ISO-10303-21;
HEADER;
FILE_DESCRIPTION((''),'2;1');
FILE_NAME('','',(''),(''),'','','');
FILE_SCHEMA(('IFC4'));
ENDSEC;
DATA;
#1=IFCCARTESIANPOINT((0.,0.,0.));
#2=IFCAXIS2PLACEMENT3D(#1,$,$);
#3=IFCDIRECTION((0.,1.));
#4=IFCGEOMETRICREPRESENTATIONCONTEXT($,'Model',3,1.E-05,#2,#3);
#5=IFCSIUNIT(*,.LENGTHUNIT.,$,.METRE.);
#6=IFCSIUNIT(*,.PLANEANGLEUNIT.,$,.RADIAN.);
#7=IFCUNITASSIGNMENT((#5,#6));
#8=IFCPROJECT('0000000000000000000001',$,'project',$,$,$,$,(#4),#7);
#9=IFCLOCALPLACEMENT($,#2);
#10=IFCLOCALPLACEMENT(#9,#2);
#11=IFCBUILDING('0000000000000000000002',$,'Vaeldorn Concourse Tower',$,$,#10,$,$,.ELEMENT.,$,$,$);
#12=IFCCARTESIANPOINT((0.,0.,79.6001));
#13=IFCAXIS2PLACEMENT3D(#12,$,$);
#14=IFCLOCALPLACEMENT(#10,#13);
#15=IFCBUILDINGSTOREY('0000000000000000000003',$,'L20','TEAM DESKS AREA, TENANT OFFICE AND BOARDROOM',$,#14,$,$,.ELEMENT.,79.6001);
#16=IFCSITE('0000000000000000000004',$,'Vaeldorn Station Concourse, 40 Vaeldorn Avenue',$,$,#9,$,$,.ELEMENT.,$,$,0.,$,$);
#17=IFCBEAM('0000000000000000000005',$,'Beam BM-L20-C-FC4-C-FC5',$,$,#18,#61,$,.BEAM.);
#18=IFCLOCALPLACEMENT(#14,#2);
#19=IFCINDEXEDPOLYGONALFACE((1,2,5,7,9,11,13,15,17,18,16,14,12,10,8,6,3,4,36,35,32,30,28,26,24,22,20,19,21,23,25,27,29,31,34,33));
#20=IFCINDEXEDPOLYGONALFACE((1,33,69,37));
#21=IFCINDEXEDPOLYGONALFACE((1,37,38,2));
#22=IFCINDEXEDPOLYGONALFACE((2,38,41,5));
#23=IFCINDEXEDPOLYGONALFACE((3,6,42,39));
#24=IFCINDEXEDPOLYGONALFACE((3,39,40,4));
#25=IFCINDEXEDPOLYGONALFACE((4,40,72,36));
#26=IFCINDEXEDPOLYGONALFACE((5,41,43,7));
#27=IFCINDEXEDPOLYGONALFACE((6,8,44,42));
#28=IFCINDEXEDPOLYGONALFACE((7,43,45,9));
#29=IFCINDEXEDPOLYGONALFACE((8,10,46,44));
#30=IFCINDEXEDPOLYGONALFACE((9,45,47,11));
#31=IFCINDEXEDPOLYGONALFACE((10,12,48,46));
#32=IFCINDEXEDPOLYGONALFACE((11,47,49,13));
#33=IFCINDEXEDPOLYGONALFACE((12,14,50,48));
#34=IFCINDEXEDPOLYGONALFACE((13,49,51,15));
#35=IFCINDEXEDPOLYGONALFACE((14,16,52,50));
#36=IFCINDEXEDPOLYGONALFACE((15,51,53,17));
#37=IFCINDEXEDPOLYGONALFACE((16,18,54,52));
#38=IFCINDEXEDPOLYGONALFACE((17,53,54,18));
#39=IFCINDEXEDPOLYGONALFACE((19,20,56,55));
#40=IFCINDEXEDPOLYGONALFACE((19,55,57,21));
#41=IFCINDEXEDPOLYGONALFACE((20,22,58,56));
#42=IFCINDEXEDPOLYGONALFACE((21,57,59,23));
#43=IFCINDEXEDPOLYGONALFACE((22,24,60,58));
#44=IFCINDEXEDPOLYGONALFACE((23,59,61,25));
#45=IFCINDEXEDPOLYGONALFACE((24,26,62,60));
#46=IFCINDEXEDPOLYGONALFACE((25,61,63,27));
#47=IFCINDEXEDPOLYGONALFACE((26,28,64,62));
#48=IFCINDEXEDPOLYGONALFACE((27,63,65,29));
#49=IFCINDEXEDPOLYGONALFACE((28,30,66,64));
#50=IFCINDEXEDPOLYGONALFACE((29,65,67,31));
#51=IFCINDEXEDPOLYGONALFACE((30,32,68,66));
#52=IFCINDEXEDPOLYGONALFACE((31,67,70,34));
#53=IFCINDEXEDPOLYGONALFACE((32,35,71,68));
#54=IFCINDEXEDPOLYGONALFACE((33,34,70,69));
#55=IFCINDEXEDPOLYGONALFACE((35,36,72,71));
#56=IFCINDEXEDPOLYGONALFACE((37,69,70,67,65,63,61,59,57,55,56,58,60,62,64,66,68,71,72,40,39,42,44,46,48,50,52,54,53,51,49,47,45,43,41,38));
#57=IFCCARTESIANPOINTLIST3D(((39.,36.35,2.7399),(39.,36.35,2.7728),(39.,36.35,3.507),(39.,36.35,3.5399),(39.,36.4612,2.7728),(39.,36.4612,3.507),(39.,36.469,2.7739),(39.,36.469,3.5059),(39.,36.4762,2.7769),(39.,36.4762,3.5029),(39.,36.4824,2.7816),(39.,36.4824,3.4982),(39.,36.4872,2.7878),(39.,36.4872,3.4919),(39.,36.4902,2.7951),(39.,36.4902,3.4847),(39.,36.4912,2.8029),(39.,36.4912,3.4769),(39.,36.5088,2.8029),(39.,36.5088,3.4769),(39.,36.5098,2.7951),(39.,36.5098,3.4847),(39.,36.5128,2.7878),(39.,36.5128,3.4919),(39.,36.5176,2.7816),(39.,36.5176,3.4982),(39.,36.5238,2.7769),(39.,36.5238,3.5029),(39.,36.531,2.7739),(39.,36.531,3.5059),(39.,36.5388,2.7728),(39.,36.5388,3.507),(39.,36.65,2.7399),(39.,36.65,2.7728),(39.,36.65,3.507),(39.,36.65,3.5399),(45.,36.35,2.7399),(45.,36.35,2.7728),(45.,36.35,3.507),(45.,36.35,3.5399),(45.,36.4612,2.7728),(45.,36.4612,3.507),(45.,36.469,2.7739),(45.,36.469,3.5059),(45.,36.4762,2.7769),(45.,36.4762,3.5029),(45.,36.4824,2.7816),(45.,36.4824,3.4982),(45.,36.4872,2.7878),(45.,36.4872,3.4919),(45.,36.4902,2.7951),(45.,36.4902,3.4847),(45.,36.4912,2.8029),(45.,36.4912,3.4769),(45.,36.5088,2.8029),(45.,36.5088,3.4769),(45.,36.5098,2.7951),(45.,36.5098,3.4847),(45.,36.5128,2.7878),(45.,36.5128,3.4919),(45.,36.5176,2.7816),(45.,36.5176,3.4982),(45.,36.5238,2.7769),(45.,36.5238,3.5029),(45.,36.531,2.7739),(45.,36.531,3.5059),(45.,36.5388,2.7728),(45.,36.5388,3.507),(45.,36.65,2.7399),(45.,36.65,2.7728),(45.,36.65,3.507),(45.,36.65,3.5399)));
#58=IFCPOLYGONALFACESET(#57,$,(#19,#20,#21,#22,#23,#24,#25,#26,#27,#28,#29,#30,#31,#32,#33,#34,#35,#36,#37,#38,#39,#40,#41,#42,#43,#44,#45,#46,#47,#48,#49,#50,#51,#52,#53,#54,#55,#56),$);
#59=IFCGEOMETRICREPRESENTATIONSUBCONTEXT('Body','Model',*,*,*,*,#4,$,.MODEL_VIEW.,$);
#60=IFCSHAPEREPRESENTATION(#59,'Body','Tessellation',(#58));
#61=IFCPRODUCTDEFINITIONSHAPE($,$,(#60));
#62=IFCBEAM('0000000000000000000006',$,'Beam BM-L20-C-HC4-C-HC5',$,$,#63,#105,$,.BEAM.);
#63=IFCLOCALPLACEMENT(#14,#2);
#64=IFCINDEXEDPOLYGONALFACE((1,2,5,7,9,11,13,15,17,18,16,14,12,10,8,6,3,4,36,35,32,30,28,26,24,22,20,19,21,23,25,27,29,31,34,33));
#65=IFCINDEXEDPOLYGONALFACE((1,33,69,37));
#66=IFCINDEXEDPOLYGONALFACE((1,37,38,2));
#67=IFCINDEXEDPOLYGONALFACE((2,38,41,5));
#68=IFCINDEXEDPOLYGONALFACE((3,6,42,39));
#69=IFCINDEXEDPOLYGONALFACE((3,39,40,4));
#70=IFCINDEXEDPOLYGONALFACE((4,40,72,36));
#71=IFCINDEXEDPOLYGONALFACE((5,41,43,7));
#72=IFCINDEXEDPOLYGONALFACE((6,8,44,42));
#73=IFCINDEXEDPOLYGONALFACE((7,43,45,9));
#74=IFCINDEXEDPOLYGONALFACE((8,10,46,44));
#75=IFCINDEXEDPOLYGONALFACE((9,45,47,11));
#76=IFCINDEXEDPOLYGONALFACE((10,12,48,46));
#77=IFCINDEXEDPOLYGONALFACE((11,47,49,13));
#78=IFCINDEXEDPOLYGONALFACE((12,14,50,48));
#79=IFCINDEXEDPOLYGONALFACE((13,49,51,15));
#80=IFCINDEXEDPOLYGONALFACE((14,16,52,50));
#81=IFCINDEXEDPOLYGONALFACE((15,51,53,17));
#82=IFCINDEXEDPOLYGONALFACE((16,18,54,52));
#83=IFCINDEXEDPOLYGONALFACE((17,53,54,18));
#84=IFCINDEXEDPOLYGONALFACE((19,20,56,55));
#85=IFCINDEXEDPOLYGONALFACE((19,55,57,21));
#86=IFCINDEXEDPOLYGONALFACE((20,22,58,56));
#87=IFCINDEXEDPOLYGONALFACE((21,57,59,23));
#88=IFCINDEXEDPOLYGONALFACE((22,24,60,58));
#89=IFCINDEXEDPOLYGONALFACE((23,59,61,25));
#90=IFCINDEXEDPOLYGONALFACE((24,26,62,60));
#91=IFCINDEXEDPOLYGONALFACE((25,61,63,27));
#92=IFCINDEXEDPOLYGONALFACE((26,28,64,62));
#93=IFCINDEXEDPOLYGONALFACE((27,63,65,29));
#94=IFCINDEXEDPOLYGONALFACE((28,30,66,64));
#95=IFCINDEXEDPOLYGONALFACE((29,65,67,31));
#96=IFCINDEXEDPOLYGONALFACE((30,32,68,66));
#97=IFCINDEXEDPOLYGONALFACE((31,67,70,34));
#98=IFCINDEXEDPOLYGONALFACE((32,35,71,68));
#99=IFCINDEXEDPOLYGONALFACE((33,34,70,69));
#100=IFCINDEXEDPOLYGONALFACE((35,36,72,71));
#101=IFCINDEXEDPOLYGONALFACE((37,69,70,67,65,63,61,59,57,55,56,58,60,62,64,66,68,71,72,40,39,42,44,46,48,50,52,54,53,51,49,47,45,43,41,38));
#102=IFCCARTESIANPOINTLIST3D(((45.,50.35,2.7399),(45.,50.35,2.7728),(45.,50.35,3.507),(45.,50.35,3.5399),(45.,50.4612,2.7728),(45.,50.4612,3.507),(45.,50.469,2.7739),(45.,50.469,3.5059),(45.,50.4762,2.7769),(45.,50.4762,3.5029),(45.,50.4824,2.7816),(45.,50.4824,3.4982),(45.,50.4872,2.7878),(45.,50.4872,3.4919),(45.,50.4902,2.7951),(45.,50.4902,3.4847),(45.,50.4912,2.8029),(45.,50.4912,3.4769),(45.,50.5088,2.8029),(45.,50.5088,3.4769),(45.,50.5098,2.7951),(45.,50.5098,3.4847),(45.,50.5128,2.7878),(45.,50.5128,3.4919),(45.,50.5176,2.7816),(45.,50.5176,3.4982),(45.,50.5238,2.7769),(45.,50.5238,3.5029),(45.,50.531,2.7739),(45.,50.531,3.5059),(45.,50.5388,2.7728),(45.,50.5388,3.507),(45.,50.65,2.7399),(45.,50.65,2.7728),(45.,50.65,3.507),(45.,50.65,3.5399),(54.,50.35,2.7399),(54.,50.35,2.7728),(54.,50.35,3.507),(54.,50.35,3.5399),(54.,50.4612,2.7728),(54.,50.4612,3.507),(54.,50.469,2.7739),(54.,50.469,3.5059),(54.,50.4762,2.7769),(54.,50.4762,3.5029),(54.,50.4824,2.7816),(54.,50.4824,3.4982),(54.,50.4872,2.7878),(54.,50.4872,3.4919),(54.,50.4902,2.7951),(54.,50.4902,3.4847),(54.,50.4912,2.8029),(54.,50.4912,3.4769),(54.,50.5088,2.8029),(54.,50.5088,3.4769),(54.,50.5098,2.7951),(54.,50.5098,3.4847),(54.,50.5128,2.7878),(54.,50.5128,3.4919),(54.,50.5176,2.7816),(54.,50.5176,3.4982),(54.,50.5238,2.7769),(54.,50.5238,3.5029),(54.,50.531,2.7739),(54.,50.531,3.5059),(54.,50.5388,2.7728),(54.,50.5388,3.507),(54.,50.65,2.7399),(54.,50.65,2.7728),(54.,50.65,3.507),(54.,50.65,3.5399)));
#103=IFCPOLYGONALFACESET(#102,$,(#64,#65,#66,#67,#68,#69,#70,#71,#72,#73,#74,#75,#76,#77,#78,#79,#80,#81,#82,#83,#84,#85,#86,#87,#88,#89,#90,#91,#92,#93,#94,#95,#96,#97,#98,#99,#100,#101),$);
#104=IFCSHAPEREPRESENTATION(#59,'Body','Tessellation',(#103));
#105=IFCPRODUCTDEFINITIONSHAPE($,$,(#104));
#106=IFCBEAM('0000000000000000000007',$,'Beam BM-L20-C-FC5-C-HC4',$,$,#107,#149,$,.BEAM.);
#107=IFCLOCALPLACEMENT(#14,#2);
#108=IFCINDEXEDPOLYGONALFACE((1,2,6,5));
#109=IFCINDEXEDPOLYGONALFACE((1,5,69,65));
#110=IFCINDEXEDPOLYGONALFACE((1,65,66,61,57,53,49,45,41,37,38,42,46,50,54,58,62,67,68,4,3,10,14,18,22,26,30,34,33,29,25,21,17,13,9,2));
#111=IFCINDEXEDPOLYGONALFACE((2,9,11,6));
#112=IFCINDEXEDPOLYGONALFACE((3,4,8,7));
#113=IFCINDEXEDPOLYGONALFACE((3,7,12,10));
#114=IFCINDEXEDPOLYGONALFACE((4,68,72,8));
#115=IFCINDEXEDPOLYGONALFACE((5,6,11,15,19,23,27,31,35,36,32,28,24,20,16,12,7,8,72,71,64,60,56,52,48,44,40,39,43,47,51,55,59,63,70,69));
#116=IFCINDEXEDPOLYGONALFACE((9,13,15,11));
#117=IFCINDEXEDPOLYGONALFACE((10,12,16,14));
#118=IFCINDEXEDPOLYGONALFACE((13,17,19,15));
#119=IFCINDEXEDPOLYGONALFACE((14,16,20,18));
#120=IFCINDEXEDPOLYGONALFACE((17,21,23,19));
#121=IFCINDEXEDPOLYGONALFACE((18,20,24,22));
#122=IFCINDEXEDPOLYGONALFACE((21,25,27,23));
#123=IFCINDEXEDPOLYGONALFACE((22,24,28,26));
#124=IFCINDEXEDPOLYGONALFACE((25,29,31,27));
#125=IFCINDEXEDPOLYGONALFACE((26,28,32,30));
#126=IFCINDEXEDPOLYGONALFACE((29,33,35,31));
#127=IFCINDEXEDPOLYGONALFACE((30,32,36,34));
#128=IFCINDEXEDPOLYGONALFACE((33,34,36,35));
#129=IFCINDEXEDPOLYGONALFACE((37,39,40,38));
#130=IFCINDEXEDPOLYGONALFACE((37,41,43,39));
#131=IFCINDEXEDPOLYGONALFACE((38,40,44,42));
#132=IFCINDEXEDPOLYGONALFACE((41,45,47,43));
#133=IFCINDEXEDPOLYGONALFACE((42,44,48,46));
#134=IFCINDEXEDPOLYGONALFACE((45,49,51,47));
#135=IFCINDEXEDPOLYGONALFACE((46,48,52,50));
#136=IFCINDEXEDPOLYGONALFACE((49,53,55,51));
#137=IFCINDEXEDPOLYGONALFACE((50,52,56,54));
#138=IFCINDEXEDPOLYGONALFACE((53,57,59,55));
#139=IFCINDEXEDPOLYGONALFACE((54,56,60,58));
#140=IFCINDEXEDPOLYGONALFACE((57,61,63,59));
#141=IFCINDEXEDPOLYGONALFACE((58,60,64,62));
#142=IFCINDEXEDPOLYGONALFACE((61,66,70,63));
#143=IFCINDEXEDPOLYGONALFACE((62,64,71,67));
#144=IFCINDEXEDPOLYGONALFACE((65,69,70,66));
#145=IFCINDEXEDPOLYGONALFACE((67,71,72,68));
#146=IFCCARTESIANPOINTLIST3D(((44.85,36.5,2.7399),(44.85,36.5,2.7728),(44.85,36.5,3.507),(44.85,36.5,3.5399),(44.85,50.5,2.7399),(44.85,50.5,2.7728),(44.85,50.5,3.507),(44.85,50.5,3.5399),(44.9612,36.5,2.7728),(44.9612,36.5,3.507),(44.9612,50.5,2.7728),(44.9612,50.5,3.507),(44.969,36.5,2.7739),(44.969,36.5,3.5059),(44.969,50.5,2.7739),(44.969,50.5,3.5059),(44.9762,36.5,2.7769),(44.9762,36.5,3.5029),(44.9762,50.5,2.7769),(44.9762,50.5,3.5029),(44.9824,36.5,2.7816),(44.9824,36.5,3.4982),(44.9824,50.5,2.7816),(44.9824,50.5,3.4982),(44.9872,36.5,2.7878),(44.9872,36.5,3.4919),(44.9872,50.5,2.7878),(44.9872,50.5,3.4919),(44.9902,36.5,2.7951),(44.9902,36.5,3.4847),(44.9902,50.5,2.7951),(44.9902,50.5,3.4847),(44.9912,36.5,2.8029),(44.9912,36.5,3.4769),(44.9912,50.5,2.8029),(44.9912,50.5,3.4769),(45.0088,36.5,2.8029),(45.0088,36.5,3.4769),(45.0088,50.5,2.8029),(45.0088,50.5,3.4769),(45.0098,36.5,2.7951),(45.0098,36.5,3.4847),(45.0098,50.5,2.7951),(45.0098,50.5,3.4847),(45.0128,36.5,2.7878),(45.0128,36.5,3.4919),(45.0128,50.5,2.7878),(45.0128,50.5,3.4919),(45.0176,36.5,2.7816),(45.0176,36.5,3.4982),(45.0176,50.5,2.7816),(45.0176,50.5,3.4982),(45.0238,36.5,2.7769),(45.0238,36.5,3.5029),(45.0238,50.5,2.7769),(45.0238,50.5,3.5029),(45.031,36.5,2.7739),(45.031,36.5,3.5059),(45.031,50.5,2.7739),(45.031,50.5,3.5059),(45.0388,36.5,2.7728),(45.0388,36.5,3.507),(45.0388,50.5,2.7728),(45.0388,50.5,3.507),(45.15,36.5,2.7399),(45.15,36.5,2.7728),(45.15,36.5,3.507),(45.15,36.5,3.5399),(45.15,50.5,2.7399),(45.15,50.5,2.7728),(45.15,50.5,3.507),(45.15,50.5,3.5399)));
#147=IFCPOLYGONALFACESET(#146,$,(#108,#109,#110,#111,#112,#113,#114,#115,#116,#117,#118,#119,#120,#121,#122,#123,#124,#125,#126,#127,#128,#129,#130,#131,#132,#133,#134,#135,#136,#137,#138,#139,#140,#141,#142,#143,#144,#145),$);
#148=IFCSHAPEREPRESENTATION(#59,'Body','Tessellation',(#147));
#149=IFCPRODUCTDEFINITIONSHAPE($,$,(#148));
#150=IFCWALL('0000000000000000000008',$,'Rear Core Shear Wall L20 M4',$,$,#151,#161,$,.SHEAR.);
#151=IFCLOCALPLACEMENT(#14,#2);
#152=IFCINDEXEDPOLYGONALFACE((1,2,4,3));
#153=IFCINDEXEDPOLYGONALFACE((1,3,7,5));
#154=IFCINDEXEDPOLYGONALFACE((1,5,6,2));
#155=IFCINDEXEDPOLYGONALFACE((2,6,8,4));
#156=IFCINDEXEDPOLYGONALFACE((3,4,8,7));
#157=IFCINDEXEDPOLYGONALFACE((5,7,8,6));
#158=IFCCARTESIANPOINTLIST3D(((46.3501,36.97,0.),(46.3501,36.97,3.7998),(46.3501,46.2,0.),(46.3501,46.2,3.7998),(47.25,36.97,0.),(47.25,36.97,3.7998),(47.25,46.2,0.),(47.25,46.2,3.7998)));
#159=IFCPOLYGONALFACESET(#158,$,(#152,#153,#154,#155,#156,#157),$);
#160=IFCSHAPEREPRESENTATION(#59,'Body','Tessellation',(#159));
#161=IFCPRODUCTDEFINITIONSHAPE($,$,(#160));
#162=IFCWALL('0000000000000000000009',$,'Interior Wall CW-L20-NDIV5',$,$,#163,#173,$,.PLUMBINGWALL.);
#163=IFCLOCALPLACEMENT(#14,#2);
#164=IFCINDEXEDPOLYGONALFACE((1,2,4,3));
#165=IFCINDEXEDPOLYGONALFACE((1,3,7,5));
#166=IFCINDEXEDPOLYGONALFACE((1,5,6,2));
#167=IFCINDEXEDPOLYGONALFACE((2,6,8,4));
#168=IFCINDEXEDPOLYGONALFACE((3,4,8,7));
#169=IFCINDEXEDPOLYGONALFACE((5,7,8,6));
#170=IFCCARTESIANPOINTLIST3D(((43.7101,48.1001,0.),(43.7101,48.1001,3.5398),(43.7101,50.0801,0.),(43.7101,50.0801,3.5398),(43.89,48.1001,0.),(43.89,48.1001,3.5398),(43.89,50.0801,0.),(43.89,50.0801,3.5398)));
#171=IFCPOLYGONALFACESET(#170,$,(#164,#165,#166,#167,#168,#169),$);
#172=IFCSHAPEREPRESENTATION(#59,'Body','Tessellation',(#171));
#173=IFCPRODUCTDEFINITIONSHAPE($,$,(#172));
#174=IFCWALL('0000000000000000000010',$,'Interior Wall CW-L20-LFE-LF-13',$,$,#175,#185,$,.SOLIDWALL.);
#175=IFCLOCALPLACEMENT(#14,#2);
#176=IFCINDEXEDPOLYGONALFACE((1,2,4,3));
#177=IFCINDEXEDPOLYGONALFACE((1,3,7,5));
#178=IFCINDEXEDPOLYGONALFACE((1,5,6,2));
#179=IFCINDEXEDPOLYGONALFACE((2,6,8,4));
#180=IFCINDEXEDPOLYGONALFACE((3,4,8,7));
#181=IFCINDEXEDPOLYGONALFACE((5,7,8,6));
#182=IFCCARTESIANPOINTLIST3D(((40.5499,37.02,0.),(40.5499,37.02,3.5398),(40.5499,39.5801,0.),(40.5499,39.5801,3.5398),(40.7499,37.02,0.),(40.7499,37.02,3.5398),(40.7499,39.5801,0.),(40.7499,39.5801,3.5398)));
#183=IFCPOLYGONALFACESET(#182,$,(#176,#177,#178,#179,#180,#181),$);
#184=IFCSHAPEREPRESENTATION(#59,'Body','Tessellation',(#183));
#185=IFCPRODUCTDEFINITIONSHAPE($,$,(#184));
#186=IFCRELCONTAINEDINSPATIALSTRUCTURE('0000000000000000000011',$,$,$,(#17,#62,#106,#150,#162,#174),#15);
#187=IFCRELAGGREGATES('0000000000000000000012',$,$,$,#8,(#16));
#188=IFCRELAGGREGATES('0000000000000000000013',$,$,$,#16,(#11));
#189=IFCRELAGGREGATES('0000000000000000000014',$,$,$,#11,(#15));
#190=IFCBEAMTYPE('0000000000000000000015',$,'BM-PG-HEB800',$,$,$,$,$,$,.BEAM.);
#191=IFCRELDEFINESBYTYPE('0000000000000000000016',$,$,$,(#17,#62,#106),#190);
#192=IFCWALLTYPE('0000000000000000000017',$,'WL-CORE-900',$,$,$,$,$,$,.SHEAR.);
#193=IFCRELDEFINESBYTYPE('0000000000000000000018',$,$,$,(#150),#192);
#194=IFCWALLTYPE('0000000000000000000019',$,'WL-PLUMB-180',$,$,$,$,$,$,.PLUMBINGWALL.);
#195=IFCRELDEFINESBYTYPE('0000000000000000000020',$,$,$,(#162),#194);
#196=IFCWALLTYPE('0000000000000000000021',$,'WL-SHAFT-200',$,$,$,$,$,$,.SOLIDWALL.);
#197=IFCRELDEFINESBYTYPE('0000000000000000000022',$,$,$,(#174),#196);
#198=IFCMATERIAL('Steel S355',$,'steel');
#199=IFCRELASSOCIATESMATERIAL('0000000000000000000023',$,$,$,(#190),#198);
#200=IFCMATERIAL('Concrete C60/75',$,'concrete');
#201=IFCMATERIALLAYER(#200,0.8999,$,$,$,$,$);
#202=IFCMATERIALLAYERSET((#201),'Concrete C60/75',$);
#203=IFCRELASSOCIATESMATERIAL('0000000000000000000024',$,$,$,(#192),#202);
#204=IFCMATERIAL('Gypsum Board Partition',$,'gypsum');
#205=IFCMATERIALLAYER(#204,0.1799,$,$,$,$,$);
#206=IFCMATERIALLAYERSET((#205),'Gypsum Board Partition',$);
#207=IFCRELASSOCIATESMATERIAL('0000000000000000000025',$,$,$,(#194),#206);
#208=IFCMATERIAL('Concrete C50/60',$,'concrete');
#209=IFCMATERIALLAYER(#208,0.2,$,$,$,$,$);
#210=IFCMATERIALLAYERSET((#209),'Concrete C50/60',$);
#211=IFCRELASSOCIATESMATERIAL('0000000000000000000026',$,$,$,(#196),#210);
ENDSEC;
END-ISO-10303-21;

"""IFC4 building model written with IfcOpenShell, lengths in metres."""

from ifc_helpers import new_model, si_unit, direction, frame, frame_2d, origin, origin_2d, place, context, subcontext, project, spatial, rectangle, i_section, extrude, source, transform, mapped, material, layer, layer_set, material_profile, profile_set, type_object, element, save


model = new_model("IFC4")

# Units and contexts
model_context = context("Model", 3, precision=1e-05, world=origin(), true_north=direction((0.0, 1.0)))
body_context = subcontext(model_context, "Body", "Model", "MODEL_VIEW")
ifc_project = project(units=[si_unit("LENGTHUNIT", "METRE"), si_unit("PLANEANGLEUNIT", "RADIAN")], contexts=[model_context])

# Site, building, storey
site_placement = place(None, origin())
site = spatial("IfcSite", under=ifc_project, at=site_placement, Name="Vaeldorn Station Concourse, 40 Vaeldorn Avenue", CompositionType="ELEMENT", RefElevation=0.0)
building_placement = place(site_placement, origin())
building = spatial("IfcBuilding", under=site, at=building_placement, Name="Vaeldorn Concourse Tower", CompositionType="ELEMENT")
storey_placement = place(building_placement, frame((0.0, 0.0, 79.6001)))
storey = spatial("IfcBuildingStorey", under=building, at=storey_placement, Name="L20", Description="TEAM DESKS AREA, TENANT OFFICE AND BOARDROOM", CompositionType="ELEMENT", Elevation=79.6001)

# Beams
ifc_material_1 = material(Name="Concrete C60/75", Category="concrete")
ifc_material_2 = material(Name="Steel S355", Category="steel")
ifc_material_profile_1 = material_profile(ifc_material_2, i_section(OverallWidth=0.3, OverallDepth=0.8, WebThickness=0.0176, FlangeThickness=0.033, FilletRadius=0.03, at=origin_2d()), Name="HEB 800")
ifc_profile_set_1 = profile_set([ifc_material_profile_1], Name="Steel S355")
beam_type_1 = type_object("IfcBeamType", Name="BM-PG-HEB800", PredefinedType="BEAM", material=ifc_profile_set_1)
shared_shape_1 = source(origin(), body_context, "Body", "SweptSolid", [
    extrude(i_section(OverallWidth=0.3, OverallDepth=0.8, WebThickness=0.0176, FlangeThickness=0.033, FilletRadius=0.03, at=origin_2d()), origin(), (0.0, 0.0, 1.0), 6.0),
])
beam_1_placement = place(storey_placement, frame((39.0, 36.5, 3.1399), z_axis=(1.0, 0.0, 0.0), x_axis=(0.0, 1.0, 0.0)))
element("IfcBeam", 1, at=beam_1_placement, inside=storey, type_object=beam_type_1, Name="Beam BM-L20-C-FC4-C-FC5", PredefinedType="BEAM", context=body_context, shape_type="MappedRepresentation", body=[
    mapped(shared_shape_1, transform((0.0, 0.0, 0.0), scale=1.0)),
])
shared_shape_2 = source(origin(), body_context, "Body", "SweptSolid", [
    extrude(i_section(OverallWidth=0.3, OverallDepth=0.8, WebThickness=0.0176, FlangeThickness=0.033, FilletRadius=0.03, at=origin_2d()), origin(), (0.0, 0.0, 1.0), 9.0),
])
beam_2_placement = place(storey_placement, frame((45.0, 50.5, 3.1399), z_axis=(1.0, 0.0, 0.0), x_axis=(0.0, 1.0, 0.0)))
element("IfcBeam", 2, at=beam_2_placement, inside=storey, type_object=beam_type_1, Name="Beam BM-L20-C-HC4-C-HC5", PredefinedType="BEAM", context=body_context, shape_type="MappedRepresentation", body=[
    mapped(shared_shape_2, transform((0.0, 0.0, 0.0), scale=1.0)),
])
shared_shape_3 = source(origin(), body_context, "Body", "SweptSolid", [
    extrude(i_section(OverallWidth=0.3, OverallDepth=0.8, WebThickness=0.0176, FlangeThickness=0.033, FilletRadius=0.03, at=origin_2d()), origin(), (0.0, 0.0, 1.0), 14.0),
])
beam_3_placement = place(storey_placement, frame((45.0, 36.5, 3.1399), z_axis=(0.0, 1.0, 0.0), x_axis=(-1.0, 0.0, 0.0)))
element("IfcBeam", 3, at=beam_3_placement, inside=storey, type_object=beam_type_1, Name="Beam BM-L20-C-FC5-C-HC4", PredefinedType="BEAM", context=body_context, shape_type="MappedRepresentation", body=[
    mapped(shared_shape_3, transform((0.0, 0.0, 0.0), scale=1.0)),
])

# Walls
ifc_layer_1 = layer(ifc_material_1, 0.8999)
ifc_layer_set_1 = layer_set([ifc_layer_1], Name="Concrete C60/75")
wall_type_1 = type_object("IfcWallType", Name="WL-CORE-900", PredefinedType="SHEAR", material=ifc_layer_set_1)
wall_1_placement = place(storey_placement, frame((46.8, 36.97, 0.0), z_axis=(0.0, 0.0, 1.0), x_axis=(0.0, 1.0, 0.0)))
element("IfcWall", 4, at=wall_1_placement, inside=storey, type_object=wall_type_1, Name="Rear Core Shear Wall L20 M4", PredefinedType="SHEAR", context=body_context, shape_type="SweptSolid", body=[
    extrude(rectangle(XDim=9.23, YDim=0.8999, at=frame_2d((4.615, 0.0))), origin(), (0.0, 0.0, 1.0), 3.7998),
])
ifc_material_3 = material(Name="Gypsum Board Partition", Category="gypsum")
ifc_layer_2 = layer(ifc_material_3, 0.1799)
ifc_layer_set_2 = layer_set([ifc_layer_2], Name="Gypsum Board Partition")
wall_type_2 = type_object("IfcWallType", Name="WL-PLUMB-180", PredefinedType="PLUMBINGWALL", material=ifc_layer_set_2)
wall_2_placement = place(storey_placement, frame((43.8, 48.1001, 0.0), z_axis=(0.0, 0.0, 1.0), x_axis=(0.0, 1.0, 0.0)))
element("IfcWall", 5, at=wall_2_placement, inside=storey, type_object=wall_type_2, Name="Interior Wall CW-L20-NDIV5", PredefinedType="PLUMBINGWALL", context=body_context, shape_type="SweptSolid", body=[
    extrude(rectangle(XDim=1.98, YDim=0.1799, at=frame_2d((0.99, 0.0))), origin(), (0.0, 0.0, 1.0), 3.5398),
])

# Shared definitions
ifc_material_4 = material(Name="Concrete C50/60", Category="concrete")
ifc_layer_3 = layer(ifc_material_4, 0.2)
ifc_layer_set_3 = layer_set([ifc_layer_3], Name="Concrete C50/60")
wall_type_3 = type_object("IfcWallType", Name="WL-SHAFT-200", PredefinedType="SOLIDWALL", material=ifc_layer_set_3)

# Wall
wall_3_placement = place(storey_placement, frame((40.6499, 37.02, 0.0), z_axis=(0.0, 0.0, 1.0), x_axis=(0.0, 1.0, 0.0)))
element("IfcWall", 6, at=wall_3_placement, inside=storey, type_object=wall_type_3, Name="Interior Wall CW-L20-LFE-LF-13", PredefinedType="SOLIDWALL", context=body_context, shape_type="SweptSolid", body=[
    extrude(rectangle(XDim=2.5601, YDim=0.2, at=frame_2d((1.28, 0.0))), origin(), (0.0, 0.0, 1.0), 3.5398),
])

save(model, "model.ifc")
